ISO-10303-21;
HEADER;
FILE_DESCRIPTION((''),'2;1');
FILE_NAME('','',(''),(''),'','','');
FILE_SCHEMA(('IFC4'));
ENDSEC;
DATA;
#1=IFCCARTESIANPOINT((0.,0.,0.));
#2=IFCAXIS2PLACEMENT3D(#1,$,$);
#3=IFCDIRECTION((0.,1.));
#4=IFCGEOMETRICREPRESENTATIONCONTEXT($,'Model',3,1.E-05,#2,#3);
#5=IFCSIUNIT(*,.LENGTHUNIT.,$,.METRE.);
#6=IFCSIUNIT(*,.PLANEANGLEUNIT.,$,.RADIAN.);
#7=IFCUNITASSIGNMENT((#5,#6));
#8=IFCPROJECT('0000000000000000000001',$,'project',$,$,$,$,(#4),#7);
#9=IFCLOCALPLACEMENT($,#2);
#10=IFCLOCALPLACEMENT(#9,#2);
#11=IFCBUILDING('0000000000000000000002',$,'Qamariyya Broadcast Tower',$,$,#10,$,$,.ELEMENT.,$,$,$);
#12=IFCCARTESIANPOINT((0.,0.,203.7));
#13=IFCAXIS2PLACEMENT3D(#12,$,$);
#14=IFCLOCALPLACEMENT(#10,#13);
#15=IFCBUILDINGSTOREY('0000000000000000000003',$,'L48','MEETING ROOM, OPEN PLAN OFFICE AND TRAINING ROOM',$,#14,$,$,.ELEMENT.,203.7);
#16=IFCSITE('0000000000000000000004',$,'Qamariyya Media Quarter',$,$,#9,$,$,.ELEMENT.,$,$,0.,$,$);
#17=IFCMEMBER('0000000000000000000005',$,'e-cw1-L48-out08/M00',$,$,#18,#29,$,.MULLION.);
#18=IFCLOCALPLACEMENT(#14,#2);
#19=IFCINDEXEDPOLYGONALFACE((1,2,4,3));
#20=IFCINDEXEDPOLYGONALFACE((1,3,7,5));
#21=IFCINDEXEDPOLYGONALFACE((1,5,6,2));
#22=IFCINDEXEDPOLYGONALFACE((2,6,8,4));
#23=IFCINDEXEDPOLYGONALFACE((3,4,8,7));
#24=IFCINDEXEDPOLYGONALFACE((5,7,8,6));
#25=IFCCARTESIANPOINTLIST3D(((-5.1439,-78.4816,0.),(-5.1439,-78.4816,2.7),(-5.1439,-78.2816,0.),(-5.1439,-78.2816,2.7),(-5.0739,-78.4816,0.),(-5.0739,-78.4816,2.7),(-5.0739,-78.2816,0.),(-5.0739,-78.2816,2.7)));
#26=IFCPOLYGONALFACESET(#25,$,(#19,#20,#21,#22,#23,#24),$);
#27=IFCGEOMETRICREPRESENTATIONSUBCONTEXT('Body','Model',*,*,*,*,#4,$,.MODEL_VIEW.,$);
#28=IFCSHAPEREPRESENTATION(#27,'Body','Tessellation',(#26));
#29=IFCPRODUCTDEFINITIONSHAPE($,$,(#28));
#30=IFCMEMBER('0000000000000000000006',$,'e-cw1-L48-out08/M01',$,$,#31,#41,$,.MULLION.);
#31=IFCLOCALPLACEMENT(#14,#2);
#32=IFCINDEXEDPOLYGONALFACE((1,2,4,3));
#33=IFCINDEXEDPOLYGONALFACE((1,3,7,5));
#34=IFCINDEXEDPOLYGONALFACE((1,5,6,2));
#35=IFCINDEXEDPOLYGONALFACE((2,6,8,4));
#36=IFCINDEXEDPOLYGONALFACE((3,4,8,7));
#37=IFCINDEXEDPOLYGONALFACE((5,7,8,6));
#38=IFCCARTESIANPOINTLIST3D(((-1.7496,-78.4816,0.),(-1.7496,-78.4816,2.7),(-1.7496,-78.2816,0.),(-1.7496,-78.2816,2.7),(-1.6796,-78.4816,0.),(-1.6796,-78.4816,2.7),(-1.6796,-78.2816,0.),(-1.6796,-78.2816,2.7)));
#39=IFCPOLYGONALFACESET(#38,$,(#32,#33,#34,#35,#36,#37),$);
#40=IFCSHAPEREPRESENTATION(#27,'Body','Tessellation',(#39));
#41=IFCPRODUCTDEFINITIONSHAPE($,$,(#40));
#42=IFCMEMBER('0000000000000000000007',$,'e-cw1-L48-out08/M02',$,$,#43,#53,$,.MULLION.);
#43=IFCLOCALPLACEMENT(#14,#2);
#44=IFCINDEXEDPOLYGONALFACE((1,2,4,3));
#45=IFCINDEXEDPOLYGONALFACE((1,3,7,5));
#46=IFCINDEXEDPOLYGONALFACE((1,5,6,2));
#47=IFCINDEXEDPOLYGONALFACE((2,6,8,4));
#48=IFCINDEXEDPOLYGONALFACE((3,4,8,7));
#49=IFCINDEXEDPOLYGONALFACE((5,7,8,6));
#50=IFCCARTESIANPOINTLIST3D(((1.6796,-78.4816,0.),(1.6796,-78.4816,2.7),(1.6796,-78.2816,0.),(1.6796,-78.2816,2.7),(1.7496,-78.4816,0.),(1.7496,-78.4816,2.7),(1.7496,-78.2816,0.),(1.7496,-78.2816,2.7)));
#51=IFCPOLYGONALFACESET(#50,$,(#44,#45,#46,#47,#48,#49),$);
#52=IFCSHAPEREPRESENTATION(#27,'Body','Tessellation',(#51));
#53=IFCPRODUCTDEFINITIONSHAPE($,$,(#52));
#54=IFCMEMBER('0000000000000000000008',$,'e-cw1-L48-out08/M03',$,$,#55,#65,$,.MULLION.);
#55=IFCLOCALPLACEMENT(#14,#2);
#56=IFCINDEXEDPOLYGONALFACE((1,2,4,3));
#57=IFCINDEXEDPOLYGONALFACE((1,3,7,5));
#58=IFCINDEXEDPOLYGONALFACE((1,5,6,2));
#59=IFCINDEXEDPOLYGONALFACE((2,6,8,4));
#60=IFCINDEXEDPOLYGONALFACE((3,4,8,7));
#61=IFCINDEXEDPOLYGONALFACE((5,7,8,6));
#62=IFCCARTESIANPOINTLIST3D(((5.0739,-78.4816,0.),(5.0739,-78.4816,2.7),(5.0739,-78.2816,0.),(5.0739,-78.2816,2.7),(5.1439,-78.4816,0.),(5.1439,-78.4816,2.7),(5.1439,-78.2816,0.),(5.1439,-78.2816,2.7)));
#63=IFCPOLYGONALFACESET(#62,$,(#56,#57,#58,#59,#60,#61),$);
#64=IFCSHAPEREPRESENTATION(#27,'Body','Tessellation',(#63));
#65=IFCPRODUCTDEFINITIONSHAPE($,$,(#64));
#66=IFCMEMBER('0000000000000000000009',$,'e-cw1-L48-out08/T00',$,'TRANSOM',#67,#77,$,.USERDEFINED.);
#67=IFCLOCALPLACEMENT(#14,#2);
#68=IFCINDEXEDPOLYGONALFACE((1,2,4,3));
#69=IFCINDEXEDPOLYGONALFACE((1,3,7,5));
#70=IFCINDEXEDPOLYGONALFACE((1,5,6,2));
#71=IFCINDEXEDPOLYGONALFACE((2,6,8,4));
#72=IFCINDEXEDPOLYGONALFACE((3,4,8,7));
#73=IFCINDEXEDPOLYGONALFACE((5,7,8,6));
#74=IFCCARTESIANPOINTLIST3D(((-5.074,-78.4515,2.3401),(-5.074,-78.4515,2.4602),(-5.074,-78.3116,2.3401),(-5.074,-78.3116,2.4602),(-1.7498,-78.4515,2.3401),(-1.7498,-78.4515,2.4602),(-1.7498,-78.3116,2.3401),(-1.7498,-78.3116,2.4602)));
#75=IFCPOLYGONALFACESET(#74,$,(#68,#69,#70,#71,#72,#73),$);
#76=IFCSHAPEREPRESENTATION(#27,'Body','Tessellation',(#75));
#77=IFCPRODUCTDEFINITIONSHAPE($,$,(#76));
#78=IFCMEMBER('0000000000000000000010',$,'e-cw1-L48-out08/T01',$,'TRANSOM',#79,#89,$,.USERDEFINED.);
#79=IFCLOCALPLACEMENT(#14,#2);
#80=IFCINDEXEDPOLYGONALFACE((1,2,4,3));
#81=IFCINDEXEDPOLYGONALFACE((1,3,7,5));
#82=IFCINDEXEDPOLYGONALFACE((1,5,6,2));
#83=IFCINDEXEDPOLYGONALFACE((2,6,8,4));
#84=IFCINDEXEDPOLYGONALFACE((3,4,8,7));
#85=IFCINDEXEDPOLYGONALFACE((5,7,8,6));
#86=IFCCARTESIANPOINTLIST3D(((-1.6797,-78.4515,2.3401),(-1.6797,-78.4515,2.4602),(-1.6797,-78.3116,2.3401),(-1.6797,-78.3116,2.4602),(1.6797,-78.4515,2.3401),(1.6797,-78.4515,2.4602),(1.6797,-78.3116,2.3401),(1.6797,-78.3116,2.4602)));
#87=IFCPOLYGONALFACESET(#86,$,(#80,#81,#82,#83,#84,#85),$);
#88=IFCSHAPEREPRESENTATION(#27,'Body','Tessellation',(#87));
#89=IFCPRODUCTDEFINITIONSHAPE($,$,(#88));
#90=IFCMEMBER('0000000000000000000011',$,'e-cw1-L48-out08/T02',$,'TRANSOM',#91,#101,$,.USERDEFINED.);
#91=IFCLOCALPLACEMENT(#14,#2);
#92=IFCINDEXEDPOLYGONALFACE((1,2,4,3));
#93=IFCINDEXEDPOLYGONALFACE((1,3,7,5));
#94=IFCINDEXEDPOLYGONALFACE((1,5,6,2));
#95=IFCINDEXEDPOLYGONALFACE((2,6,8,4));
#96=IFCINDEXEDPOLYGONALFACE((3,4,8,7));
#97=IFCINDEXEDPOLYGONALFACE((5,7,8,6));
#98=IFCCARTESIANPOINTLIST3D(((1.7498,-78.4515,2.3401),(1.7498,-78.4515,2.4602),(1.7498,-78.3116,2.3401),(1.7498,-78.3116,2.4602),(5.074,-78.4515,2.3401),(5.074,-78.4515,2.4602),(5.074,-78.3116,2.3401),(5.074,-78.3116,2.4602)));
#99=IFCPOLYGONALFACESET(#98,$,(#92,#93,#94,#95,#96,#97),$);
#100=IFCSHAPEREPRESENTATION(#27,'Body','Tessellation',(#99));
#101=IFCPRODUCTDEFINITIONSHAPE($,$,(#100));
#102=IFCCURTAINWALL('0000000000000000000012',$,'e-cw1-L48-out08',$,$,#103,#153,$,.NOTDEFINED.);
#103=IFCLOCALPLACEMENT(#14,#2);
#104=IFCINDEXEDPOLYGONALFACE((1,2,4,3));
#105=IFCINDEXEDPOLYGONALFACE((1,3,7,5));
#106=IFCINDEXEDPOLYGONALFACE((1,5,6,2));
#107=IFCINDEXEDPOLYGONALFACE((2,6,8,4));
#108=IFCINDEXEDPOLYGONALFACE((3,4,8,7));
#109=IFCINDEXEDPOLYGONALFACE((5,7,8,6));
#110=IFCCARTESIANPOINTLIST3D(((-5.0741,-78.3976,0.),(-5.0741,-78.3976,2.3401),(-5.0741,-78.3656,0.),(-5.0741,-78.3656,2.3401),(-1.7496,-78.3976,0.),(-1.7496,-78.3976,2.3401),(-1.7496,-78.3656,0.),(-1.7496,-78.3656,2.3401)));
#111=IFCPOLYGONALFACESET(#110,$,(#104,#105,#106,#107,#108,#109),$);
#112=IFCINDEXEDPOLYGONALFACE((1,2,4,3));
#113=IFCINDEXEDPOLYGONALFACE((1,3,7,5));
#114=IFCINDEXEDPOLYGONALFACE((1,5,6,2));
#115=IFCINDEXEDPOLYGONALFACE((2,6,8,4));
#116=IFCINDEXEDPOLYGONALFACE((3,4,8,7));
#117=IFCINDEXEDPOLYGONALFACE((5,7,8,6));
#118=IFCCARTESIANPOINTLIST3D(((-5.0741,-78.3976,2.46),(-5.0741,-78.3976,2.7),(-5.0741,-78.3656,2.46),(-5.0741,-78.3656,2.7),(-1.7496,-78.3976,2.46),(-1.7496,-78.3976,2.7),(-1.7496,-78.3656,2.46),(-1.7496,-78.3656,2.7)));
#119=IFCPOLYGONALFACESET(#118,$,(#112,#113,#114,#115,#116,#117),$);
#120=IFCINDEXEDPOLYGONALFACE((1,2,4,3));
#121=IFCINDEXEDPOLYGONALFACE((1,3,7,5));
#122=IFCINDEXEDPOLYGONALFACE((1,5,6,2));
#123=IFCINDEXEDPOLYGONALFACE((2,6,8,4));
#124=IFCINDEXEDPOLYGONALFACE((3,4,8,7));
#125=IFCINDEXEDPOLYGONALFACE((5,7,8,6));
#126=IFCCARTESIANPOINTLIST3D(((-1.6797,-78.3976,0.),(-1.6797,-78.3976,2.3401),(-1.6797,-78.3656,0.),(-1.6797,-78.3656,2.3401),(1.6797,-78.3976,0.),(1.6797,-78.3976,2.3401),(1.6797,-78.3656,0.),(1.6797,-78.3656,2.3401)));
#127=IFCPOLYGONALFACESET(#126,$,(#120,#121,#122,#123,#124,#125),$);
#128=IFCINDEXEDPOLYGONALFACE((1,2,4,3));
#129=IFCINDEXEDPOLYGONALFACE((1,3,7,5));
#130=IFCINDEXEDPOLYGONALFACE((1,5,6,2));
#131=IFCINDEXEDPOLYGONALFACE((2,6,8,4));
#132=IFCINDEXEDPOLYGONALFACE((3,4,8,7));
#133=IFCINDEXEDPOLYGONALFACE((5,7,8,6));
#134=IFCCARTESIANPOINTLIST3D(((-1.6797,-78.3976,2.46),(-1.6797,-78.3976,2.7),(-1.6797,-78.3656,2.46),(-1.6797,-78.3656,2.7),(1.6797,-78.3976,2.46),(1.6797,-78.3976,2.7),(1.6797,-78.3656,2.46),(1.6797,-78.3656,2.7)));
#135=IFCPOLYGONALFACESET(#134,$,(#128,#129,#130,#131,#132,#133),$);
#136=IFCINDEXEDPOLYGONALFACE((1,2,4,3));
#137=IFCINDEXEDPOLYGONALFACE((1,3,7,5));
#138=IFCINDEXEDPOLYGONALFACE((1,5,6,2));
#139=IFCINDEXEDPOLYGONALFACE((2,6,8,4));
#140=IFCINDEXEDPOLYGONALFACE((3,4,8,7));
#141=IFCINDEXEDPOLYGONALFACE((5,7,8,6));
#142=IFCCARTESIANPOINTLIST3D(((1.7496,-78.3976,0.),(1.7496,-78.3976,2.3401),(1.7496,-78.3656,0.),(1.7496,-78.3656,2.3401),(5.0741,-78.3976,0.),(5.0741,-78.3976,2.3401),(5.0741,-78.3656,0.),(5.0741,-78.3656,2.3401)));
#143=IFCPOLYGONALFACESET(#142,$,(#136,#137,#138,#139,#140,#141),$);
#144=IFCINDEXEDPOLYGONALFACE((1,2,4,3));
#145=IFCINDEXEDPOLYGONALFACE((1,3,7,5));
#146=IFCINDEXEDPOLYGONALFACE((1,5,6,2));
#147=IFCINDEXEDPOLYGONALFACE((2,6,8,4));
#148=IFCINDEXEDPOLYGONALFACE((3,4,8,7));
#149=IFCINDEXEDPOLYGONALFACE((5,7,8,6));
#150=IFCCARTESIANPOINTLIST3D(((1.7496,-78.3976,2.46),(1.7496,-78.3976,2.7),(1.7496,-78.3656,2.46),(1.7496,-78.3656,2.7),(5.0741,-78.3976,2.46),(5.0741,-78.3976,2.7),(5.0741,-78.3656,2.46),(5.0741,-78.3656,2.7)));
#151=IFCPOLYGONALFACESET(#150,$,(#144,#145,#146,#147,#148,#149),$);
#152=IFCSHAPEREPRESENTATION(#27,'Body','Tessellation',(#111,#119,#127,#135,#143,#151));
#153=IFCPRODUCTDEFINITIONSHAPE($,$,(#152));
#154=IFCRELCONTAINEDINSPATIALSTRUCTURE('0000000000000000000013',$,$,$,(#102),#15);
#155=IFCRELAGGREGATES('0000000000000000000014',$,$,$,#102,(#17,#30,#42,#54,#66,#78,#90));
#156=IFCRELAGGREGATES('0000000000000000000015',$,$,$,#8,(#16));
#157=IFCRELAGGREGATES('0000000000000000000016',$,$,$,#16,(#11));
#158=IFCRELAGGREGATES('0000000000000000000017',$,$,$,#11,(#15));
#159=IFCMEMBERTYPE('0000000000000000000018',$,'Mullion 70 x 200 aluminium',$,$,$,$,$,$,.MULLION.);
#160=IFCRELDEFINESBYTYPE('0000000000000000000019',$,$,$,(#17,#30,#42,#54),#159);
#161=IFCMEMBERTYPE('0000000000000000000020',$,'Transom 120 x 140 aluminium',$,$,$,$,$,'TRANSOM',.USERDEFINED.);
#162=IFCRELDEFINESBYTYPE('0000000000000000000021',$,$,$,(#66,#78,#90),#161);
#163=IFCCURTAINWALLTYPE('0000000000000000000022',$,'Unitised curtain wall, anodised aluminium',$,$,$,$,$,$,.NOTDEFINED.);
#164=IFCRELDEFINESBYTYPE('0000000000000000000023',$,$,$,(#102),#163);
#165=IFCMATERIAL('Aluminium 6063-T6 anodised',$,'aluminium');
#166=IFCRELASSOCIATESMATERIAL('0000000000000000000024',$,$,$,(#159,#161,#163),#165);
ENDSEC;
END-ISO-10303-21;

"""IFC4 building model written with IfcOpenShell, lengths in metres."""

from ifc_helpers import new_model, si_unit, direction, frame, origin, origin_2d, place, context, subcontext, project, spatial, rectangle, extrude, material, material_profile, profile_set, type_object, element, aggregate, save


model = new_model("IFC4")

# Units and contexts
model_context = context("Model", 3, precision=1e-05, world=origin(), true_north=direction((0.0, 1.0)))
body_context = subcontext(model_context, "Body", "Model", "MODEL_VIEW")
ifc_project = project(units=[si_unit("LENGTHUNIT", "METRE"), si_unit("PLANEANGLEUNIT", "RADIAN")], contexts=[model_context])

# Members
ifc_material = material(Name="Aluminium 6063-T6 anodised", Category="aluminium")
ifc_material_profile_1 = material_profile(ifc_material, rectangle(XDim=0.2, YDim=0.0701, at=origin_2d()))
ifc_profile_set_1 = profile_set([ifc_material_profile_1], Name="Aluminium 6063-T6 anodised")
member_type_1 = type_object("IfcMemberType", Name="Mullion 70 x 200 aluminium", PredefinedType="MULLION", material=ifc_profile_set_1)
site_placement = place(None, origin())
building_placement = place(site_placement, origin())
storey_placement = place(building_placement, frame((0.0, 0.0, 203.7)))
member_1_placement = place(storey_placement, frame((-5.1089, -78.3816, 0.0), z_axis=(0.0, 0.0, 1.0), x_axis=(0.0, 1.0, 0.0)))
member_1 = element("IfcMember", 1, at=member_1_placement, type_object=member_type_1, Name="e-cw1-L48-out08/M00", PredefinedType="MULLION", context=body_context, shape_type="SweptSolid", body=[
    extrude(rectangle(XDim=0.2, YDim=0.0701, at=origin_2d()), origin(), (0.0, 0.0, 1.0), 2.7),
])
member_2_placement = place(storey_placement, frame((-1.7146, -78.3816, 0.0), z_axis=(0.0, 0.0, 1.0), x_axis=(0.0, 1.0, 0.0)))
member_2 = element("IfcMember", 2, at=member_2_placement, type_object=member_type_1, Name="e-cw1-L48-out08/M01", PredefinedType="MULLION", context=body_context, shape_type="SweptSolid", body=[
    extrude(rectangle(XDim=0.2, YDim=0.0701, at=origin_2d()), origin(), (0.0, 0.0, 1.0), 2.7),
])
member_3_placement = place(storey_placement, frame((1.7146, -78.3816, 0.0), z_axis=(0.0, 0.0, 1.0), x_axis=(0.0, 1.0, 0.0)))
member_3 = element("IfcMember", 3, at=member_3_placement, type_object=member_type_1, Name="e-cw1-L48-out08/M02", PredefinedType="MULLION", context=body_context, shape_type="SweptSolid", body=[
    extrude(rectangle(XDim=0.2, YDim=0.0701, at=origin_2d()), origin(), (0.0, 0.0, 1.0), 2.7),
])
member_4_placement = place(storey_placement, frame((5.1089, -78.3816, 0.0), z_axis=(0.0, 0.0, 1.0), x_axis=(0.0, 1.0, 0.0)))
member_4 = element("IfcMember", 4, at=member_4_placement, type_object=member_type_1, Name="e-cw1-L48-out08/M03", PredefinedType="MULLION", context=body_context, shape_type="SweptSolid", body=[
    extrude(rectangle(XDim=0.2, YDim=0.0701, at=origin_2d()), origin(), (0.0, 0.0, 1.0), 2.7),
])
ifc_material_profile_2 = material_profile(ifc_material, rectangle(XDim=0.1399, YDim=0.1201, at=origin_2d()))
ifc_profile_set_2 = profile_set([ifc_material_profile_2], Name="Aluminium 6063-T6 anodised")
member_type_2 = type_object("IfcMemberType", Name="Transom 120 x 140 aluminium", ElementType="TRANSOM", PredefinedType="USERDEFINED", material=ifc_profile_set_2)
member_5_placement = place(storey_placement, frame((-5.074, -78.3816, 2.4001), z_axis=(1.0, 0.0, 0.0), x_axis=(0.0, 1.0, 0.0)))
member_5 = element("IfcMember", 5, at=member_5_placement, type_object=member_type_2, Name="e-cw1-L48-out08/T00", ObjectType="TRANSOM", PredefinedType="USERDEFINED", context=body_context, shape_type="SweptSolid", body=[
    extrude(rectangle(XDim=0.1399, YDim=0.1201, at=origin_2d()), origin(), (0.0, 0.0, 1.0), 3.3242),
])
member_6_placement = place(storey_placement, frame((-1.6797, -78.3816, 2.4001), z_axis=(1.0, 0.0, 0.0), x_axis=(0.0, 1.0, 0.0)))
member_6 = element("IfcMember", 6, at=member_6_placement, type_object=member_type_2, Name="e-cw1-L48-out08/T01", ObjectType="TRANSOM", PredefinedType="USERDEFINED", context=body_context, shape_type="SweptSolid", body=[
    extrude(rectangle(XDim=0.1399, YDim=0.1201, at=origin_2d()), origin(), (0.0, 0.0, 1.0), 3.3594),
])
member_7_placement = place(storey_placement, frame((1.7498, -78.3816, 2.4001), z_axis=(1.0, 0.0, 0.0), x_axis=(0.0, 1.0, 0.0)))
member_7 = element("IfcMember", 7, at=member_7_placement, type_object=member_type_2, Name="e-cw1-L48-out08/T02", ObjectType="TRANSOM", PredefinedType="USERDEFINED", context=body_context, shape_type="SweptSolid", body=[
    extrude(rectangle(XDim=0.1399, YDim=0.1201, at=origin_2d()), origin(), (0.0, 0.0, 1.0), 3.3242),
])

# Site, building, storey
site = spatial("IfcSite", under=ifc_project, at=site_placement, Name="Qamariyya Media Quarter", CompositionType="ELEMENT", RefElevation=0.0)
building = spatial("IfcBuilding", under=site, at=building_placement, Name="Qamariyya Broadcast Tower", CompositionType="ELEMENT")
storey = spatial("IfcBuildingStorey", under=building, at=storey_placement, Name="L48", Description="MEETING ROOM, OPEN PLAN OFFICE AND TRAINING ROOM", CompositionType="ELEMENT", Elevation=203.7)

# Curtain wall
curtain_wall_type = type_object("IfcCurtainWallType", Name="Unitised curtain wall, anodised aluminium", PredefinedType="NOTDEFINED", material=ifc_material)
curtain_wall_1_placement = place(storey_placement, origin())
curtain_wall_1 = element("IfcCurtainWall", 8, at=curtain_wall_1_placement, inside=storey, type_object=curtain_wall_type, Name="e-cw1-L48-out08", PredefinedType="NOTDEFINED", context=body_context, shape_type="SweptSolid", body=[
    extrude(rectangle(XDim=3.3245, YDim=0.032, at=origin_2d()), frame((-3.4119, -78.3816, 0.0), x_axis=(1.0, 0.0, 0.0)), (0.0, 0.0, 1.0), 2.3401),
    extrude(rectangle(XDim=3.3245, YDim=0.032, at=origin_2d()), frame((-3.4119, -78.3816, 2.46), x_axis=(1.0, 0.0, 0.0)), (0.0, 0.0, 1.0), 0.24),
    extrude(rectangle(XDim=3.3594, YDim=0.032, at=origin_2d()), frame((0.0, -78.3816, 0.0), x_axis=(1.0, 0.0, 0.0)), (0.0, 0.0, 1.0), 2.3401),
    extrude(rectangle(XDim=3.3594, YDim=0.032, at=origin_2d()), frame((0.0, -78.3816, 2.46), x_axis=(1.0, 0.0, 0.0)), (0.0, 0.0, 1.0), 0.24),
    extrude(rectangle(XDim=3.3245, YDim=0.032, at=origin_2d()), frame((3.4119, -78.3816, 0.0), x_axis=(1.0, 0.0, 0.0)), (0.0, 0.0, 1.0), 2.3401),
    extrude(rectangle(XDim=3.3245, YDim=0.032, at=origin_2d()), frame((3.4119, -78.3816, 2.46), x_axis=(1.0, 0.0, 0.0)), (0.0, 0.0, 1.0), 0.24),
])
aggregate(curtain_wall_1, [member_1, member_2, member_3, member_4, member_5, member_6, member_7])

save(model, "model.ifc")
